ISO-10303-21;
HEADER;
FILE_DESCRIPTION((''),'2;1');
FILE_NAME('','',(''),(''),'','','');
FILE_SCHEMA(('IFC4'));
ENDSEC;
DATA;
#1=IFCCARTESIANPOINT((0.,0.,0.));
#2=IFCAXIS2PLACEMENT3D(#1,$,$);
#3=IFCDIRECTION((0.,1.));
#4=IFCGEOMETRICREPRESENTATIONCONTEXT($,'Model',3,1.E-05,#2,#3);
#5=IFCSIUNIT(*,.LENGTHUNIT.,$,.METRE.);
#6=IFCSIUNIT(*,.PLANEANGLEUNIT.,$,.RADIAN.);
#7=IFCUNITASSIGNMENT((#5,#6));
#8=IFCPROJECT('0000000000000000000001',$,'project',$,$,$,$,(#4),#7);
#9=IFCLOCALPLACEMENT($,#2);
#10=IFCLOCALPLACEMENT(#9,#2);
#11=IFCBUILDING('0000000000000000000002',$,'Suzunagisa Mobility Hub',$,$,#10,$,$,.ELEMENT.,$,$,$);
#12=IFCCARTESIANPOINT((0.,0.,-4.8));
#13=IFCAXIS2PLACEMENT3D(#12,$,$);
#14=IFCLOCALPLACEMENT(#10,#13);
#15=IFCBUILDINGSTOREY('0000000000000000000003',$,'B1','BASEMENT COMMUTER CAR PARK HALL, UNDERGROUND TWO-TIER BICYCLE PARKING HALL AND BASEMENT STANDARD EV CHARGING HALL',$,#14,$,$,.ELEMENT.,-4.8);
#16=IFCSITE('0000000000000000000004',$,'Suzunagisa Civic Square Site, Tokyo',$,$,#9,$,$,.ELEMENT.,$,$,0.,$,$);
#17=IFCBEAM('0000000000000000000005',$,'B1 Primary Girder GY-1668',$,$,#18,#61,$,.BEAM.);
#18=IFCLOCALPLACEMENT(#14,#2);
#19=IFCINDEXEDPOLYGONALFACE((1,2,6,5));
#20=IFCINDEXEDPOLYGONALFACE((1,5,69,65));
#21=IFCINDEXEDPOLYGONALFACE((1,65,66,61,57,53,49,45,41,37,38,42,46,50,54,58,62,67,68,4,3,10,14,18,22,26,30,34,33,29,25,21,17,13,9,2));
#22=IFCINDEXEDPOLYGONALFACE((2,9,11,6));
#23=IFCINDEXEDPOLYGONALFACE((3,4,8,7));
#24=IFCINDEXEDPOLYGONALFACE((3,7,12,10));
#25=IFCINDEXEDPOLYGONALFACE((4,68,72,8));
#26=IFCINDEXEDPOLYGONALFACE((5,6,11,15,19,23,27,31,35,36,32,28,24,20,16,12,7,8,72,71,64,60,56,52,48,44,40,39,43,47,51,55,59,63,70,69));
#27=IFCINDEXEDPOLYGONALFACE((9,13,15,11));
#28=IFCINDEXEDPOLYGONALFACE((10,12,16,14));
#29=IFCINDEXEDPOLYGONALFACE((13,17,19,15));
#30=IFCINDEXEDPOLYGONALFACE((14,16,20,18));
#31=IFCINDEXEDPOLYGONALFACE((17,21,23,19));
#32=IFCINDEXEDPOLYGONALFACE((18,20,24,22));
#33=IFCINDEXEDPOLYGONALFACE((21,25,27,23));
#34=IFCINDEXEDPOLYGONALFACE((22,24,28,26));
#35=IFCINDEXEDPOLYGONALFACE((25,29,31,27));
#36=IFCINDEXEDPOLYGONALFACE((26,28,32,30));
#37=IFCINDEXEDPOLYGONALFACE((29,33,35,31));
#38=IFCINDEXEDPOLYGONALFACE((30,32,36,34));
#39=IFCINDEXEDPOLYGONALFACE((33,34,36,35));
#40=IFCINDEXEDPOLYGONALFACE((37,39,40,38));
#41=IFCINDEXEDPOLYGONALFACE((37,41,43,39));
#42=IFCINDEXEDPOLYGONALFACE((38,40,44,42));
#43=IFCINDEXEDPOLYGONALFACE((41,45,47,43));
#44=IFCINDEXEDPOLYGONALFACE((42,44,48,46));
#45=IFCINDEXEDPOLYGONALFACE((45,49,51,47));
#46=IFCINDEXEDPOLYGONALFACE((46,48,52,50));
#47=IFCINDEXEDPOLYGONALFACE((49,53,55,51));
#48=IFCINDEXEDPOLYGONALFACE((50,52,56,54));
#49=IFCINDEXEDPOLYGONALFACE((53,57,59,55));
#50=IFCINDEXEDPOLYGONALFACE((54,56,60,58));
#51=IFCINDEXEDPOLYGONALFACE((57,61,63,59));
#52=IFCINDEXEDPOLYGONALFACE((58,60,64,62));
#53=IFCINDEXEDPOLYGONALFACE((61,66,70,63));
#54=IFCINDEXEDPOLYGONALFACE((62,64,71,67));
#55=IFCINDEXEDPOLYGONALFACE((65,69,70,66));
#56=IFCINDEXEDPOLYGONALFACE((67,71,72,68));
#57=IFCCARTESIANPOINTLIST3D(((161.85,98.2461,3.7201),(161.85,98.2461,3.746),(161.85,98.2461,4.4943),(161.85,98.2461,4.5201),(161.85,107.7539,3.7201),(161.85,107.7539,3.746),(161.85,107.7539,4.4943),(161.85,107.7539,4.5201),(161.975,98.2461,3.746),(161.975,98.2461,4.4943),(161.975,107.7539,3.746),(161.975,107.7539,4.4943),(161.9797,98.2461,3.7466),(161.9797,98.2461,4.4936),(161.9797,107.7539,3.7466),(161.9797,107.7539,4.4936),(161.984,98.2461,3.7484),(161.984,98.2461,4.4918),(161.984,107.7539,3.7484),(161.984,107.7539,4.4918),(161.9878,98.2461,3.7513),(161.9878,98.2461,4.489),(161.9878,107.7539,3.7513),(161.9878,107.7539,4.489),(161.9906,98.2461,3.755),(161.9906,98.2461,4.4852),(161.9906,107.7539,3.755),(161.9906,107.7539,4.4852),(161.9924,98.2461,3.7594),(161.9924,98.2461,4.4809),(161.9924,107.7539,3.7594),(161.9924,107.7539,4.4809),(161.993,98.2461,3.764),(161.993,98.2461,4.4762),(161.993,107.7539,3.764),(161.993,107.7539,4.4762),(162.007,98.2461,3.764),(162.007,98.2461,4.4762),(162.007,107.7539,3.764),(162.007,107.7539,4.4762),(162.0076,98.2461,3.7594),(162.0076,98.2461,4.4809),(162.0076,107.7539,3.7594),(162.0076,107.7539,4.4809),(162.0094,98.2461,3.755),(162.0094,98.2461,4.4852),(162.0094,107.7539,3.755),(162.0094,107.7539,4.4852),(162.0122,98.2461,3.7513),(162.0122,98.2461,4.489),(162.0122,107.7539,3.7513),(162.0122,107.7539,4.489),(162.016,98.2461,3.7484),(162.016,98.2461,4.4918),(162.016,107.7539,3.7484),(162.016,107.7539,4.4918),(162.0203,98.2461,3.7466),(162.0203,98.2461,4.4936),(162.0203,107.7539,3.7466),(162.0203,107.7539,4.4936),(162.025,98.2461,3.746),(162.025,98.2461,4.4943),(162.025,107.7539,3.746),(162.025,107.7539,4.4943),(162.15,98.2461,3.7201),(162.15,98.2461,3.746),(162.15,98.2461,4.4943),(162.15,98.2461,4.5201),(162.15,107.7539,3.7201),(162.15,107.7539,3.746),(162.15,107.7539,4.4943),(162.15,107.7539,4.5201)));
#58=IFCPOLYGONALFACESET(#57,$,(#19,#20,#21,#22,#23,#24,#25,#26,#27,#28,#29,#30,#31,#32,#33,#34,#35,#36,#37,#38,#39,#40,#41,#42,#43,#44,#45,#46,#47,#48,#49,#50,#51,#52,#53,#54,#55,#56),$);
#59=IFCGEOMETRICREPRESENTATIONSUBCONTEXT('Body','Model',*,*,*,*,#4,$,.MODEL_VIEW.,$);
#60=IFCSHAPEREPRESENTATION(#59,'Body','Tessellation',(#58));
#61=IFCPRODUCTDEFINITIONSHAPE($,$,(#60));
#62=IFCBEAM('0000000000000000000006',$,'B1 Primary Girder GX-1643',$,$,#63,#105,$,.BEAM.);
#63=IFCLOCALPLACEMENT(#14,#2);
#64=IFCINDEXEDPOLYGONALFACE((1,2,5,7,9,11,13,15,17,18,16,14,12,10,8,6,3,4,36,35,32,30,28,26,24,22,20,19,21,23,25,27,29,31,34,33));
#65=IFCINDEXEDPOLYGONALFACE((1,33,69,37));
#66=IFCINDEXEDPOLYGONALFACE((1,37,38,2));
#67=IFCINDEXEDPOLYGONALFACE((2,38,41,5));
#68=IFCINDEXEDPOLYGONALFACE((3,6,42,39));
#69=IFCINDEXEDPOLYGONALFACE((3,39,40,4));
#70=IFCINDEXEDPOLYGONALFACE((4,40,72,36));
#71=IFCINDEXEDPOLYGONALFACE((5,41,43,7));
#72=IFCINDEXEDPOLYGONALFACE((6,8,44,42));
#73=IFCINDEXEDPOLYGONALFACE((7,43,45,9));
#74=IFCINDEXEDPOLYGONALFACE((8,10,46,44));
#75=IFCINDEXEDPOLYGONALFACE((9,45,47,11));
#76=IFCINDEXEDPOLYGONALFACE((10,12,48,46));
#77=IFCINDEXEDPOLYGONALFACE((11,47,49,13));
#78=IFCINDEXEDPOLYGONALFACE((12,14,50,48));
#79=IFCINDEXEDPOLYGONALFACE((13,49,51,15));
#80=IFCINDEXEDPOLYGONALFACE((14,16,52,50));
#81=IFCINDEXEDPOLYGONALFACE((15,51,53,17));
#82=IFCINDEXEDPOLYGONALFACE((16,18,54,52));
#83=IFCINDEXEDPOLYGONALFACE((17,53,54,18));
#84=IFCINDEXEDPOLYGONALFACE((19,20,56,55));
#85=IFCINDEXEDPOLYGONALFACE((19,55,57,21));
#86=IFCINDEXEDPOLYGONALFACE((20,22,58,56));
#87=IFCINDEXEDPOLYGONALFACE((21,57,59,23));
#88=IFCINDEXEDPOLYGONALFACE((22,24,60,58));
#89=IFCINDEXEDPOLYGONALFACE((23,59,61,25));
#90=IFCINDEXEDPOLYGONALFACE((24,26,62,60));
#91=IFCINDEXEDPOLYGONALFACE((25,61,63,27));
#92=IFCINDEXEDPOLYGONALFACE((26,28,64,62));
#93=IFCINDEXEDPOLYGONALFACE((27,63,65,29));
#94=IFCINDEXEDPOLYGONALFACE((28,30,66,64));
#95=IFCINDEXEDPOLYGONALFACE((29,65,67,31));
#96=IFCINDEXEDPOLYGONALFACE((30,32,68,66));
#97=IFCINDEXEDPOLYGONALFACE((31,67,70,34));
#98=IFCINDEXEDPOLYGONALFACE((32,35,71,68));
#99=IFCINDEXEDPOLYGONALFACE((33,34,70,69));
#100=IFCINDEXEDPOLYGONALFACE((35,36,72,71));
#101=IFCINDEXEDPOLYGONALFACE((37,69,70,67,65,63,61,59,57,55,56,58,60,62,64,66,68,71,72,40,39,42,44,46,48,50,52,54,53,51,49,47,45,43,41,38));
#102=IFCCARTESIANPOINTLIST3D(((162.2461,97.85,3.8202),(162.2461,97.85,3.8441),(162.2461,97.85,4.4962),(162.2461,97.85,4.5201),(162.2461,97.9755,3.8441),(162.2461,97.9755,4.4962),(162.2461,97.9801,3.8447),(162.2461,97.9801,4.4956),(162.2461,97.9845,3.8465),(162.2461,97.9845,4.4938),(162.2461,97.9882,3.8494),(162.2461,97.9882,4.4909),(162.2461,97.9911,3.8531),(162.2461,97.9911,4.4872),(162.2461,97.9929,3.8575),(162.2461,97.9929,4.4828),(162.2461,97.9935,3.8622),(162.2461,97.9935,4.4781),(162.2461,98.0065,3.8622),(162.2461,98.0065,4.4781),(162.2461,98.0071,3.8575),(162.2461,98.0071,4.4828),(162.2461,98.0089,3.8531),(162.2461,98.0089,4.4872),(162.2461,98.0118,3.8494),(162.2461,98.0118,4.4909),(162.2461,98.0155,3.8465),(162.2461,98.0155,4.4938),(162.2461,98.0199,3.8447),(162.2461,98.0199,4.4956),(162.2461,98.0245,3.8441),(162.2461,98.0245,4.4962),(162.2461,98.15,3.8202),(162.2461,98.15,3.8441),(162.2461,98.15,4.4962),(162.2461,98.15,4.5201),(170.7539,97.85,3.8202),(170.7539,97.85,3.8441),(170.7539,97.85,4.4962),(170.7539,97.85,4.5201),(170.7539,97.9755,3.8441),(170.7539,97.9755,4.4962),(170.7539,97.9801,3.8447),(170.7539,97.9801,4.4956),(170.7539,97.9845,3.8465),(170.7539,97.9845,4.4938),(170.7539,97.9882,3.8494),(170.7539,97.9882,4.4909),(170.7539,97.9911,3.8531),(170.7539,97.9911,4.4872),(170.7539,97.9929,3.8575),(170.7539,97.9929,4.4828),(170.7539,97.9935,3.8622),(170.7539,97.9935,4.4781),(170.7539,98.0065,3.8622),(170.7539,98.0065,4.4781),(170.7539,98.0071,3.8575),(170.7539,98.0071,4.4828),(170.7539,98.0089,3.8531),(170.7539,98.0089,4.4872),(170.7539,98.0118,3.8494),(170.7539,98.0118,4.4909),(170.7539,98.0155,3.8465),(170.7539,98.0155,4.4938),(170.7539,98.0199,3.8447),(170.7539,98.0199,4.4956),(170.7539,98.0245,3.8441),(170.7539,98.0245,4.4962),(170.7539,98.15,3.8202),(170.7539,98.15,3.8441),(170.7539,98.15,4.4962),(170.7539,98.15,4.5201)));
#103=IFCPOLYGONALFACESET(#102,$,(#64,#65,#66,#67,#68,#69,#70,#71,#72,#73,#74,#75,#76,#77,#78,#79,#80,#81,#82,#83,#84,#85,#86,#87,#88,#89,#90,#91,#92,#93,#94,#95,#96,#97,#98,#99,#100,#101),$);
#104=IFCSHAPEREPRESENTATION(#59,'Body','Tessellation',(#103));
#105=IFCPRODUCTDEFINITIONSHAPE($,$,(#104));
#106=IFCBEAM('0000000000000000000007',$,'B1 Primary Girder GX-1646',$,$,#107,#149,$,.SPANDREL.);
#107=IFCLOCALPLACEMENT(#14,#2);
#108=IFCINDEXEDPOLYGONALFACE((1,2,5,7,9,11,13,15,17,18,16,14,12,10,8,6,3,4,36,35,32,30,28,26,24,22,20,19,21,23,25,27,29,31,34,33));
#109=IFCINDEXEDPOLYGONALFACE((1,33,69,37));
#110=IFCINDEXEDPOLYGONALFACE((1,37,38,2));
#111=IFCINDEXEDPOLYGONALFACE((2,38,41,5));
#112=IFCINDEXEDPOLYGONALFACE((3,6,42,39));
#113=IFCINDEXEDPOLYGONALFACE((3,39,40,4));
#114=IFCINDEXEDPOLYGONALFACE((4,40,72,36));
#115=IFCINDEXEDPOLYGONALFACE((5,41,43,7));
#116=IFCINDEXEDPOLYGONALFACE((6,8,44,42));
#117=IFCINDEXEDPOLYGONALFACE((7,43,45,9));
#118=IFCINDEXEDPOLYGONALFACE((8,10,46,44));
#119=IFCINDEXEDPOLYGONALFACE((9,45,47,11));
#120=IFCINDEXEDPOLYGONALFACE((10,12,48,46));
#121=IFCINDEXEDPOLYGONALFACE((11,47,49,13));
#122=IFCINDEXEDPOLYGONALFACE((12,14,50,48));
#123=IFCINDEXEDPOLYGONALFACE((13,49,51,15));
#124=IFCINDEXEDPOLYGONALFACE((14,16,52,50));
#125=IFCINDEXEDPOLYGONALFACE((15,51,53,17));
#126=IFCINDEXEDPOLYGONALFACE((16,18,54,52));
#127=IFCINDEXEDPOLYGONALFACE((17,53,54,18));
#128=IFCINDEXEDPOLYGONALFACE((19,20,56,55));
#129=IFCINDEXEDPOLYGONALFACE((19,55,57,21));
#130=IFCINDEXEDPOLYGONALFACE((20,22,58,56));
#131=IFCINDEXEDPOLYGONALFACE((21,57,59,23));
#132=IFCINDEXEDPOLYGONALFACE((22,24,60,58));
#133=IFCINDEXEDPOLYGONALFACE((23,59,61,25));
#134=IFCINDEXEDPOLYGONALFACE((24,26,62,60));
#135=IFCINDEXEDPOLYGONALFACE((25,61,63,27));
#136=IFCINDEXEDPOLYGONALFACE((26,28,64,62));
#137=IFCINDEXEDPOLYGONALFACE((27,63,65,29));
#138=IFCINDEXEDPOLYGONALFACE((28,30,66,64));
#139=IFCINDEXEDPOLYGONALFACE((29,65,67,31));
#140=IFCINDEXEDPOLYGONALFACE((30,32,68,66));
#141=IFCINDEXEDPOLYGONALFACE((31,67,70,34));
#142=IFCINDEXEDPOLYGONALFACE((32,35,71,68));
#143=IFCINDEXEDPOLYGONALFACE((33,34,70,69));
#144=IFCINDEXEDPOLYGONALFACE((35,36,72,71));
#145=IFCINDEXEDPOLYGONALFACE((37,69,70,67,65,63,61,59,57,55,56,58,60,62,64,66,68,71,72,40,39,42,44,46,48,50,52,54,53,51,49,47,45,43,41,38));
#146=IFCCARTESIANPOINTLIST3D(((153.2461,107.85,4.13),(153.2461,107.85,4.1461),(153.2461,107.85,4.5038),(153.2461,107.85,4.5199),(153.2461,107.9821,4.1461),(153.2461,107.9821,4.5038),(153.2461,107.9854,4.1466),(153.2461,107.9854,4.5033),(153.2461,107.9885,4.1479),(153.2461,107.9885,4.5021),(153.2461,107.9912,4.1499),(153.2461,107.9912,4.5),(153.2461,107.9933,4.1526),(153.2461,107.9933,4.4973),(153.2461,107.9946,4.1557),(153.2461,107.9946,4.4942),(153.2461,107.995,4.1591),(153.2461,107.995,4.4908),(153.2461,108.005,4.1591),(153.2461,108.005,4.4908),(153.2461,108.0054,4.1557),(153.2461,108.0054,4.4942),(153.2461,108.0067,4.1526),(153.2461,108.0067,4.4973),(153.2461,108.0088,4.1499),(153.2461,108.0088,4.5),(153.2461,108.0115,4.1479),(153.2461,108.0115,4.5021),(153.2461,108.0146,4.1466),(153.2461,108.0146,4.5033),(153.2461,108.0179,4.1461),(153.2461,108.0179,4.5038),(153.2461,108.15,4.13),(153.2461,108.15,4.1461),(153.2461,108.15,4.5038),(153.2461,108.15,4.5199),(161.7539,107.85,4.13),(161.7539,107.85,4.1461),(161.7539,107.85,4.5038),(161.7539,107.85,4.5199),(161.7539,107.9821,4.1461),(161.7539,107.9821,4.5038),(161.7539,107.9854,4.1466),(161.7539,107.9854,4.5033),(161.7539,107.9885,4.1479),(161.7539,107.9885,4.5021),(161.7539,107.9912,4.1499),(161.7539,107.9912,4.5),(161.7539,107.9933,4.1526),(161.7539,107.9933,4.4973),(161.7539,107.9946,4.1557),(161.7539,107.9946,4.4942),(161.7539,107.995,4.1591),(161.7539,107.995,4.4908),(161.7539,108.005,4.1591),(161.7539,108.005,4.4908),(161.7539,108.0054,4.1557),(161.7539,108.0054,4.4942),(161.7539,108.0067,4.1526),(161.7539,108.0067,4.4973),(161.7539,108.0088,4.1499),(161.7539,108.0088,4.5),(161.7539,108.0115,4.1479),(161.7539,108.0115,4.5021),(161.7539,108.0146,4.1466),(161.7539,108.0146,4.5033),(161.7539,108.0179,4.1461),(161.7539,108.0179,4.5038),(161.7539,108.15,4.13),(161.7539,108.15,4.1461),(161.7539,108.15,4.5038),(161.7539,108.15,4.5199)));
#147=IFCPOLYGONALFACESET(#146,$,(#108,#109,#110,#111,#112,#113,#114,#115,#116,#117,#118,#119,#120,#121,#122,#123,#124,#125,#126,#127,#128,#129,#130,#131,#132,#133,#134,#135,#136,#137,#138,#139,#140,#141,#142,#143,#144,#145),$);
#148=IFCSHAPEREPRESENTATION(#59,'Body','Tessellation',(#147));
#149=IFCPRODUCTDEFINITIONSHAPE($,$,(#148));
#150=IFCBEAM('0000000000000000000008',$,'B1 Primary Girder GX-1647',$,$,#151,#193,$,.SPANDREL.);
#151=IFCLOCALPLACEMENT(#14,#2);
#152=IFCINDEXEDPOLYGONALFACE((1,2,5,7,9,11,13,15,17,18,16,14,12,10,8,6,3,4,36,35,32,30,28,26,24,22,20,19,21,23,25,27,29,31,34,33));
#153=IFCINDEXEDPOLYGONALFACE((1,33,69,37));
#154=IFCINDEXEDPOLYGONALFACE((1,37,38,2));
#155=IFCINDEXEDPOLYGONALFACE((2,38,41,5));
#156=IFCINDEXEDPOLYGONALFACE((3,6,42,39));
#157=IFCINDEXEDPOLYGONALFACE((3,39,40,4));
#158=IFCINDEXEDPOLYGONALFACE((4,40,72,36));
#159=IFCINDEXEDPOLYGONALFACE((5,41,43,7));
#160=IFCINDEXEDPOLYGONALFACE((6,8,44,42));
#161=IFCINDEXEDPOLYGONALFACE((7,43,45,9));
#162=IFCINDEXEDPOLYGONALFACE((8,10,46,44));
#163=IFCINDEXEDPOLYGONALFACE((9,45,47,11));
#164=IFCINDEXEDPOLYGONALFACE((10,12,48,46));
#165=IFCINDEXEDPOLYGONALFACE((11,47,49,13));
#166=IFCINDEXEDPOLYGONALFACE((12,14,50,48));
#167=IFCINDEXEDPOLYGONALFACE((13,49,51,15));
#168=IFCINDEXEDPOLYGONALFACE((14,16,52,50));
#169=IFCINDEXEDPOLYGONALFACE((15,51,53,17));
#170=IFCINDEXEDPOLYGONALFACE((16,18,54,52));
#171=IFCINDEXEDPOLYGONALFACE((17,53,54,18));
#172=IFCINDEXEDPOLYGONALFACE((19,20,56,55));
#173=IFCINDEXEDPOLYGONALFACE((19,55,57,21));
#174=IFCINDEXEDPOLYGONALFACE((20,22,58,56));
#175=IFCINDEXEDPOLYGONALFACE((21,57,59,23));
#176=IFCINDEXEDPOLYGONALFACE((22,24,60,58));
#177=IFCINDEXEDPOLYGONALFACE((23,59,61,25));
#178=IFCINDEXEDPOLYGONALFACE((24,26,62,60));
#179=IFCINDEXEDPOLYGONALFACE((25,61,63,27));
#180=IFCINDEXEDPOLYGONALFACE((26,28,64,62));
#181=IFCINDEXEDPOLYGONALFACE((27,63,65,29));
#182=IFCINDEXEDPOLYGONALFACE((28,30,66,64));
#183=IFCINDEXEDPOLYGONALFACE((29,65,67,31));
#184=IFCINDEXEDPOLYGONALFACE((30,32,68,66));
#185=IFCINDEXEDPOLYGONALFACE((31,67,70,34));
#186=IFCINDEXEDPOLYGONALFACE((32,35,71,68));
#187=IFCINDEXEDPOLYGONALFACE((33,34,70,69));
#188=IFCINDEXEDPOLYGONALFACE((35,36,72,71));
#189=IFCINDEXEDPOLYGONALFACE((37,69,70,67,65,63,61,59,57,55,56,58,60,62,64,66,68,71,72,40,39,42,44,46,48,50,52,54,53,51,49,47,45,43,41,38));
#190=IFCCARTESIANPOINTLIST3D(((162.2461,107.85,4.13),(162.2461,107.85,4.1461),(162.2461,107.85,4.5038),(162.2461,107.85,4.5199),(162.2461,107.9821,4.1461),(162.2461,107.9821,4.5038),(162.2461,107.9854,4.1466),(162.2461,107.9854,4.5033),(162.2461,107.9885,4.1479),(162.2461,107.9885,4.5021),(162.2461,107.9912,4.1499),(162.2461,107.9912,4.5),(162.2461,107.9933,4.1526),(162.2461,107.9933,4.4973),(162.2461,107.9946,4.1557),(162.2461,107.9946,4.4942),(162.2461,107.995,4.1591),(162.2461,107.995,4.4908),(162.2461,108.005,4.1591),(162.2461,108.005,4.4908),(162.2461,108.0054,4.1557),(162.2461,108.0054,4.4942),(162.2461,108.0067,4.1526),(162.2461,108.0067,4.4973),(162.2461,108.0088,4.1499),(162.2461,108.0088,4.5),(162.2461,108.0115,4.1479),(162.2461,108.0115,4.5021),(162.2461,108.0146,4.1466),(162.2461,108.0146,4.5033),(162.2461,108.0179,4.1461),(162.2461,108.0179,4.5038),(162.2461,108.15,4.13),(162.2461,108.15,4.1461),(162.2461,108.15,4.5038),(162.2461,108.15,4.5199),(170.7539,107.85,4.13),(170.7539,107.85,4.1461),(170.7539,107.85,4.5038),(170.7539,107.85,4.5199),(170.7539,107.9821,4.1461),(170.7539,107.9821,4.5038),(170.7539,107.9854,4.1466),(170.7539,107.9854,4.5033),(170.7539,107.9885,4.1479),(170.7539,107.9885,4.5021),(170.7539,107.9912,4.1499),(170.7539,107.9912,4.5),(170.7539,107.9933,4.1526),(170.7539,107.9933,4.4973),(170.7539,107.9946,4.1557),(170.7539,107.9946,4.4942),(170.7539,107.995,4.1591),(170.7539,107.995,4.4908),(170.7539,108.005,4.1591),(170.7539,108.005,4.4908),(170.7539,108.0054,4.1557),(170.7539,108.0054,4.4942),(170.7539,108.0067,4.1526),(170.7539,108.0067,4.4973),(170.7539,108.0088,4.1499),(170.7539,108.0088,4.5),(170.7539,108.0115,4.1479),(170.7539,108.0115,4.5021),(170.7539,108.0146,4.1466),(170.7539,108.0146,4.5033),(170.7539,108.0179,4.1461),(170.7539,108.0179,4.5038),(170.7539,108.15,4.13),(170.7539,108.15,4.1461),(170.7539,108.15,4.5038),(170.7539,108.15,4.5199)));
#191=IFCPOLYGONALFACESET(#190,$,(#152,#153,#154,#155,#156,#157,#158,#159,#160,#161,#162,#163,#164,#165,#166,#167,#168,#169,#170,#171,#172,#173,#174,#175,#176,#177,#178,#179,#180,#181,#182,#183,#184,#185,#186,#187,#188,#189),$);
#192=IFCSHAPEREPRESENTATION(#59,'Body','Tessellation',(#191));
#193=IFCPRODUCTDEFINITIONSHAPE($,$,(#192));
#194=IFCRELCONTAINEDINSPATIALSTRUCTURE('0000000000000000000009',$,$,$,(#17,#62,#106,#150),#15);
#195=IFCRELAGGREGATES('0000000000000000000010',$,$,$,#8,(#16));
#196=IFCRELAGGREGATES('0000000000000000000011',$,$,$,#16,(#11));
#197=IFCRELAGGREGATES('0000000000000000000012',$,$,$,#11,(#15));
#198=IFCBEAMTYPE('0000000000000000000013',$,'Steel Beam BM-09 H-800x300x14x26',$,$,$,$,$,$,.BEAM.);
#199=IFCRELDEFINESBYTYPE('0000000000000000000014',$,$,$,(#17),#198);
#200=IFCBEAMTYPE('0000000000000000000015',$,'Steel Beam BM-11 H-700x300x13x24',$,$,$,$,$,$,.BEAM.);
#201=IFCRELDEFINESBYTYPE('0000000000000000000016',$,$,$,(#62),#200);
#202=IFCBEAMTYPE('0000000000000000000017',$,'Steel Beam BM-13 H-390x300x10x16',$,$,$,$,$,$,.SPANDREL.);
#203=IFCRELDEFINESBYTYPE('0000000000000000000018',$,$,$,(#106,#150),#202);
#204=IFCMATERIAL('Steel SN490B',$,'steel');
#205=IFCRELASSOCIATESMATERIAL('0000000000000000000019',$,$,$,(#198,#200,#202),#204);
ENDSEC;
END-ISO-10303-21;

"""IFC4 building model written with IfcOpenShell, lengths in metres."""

from ifc_helpers import new_model, si_unit, direction, frame, origin, origin_2d, place, context, subcontext, project, spatial, i_section, extrude, material, material_profile, profile_set, type_object, element, save


model = new_model("IFC4")

# Units and contexts
model_context = context("Model", 3, precision=1e-05, world=origin(), true_north=direction((0.0, 1.0)))
body_context = subcontext(model_context, "Body", "Model", "MODEL_VIEW")
ifc_project = project(units=[si_unit("LENGTHUNIT", "METRE"), si_unit("PLANEANGLEUNIT", "RADIAN")], contexts=[model_context])

# Site, building, storey
site_placement = place(None, origin())
site = spatial("IfcSite", under=ifc_project, at=site_placement, Name="Suzunagisa Civic Square Site, Tokyo", CompositionType="ELEMENT", RefElevation=0.0)
building_placement = place(site_placement, origin())
building = spatial("IfcBuilding", under=site, at=building_placement, Name="Suzunagisa Mobility Hub", CompositionType="ELEMENT")
storey_placement = place(building_placement, frame((0.0, 0.0, -4.8)))
storey = spatial("IfcBuildingStorey", under=building, at=storey_placement, Name="B1", Description="BASEMENT COMMUTER CAR PARK HALL, UNDERGROUND TWO-TIER BICYCLE PARKING HALL AND BASEMENT STANDARD EV CHARGING HALL", CompositionType="ELEMENT", Elevation=-4.8)

# Shared definitions
ifc_material_1 = material(Name="Steel SN490B", Category="steel")

# Beams
ifc_material_profile_1 = material_profile(ifc_material_1, i_section(OverallWidth=0.3, OverallDepth=0.8, WebThickness=0.0139, FlangeThickness=0.0259, FilletRadius=0.0181, at=origin_2d()), Name="H-800x300x14x26")
ifc_profile_set_1 = profile_set([ifc_material_profile_1], Name="Steel SN490B")
beam_type_1 = type_object("IfcBeamType", Name="Steel Beam BM-09 H-800x300x14x26", PredefinedType="BEAM", material=ifc_profile_set_1)
beam_1_placement = place(storey_placement, frame((162.0, 98.2461, 4.1201), z_axis=(0.0, 1.0, 0.0), x_axis=(-1.0, 0.0, 0.0)))
element("IfcBeam", 1, at=beam_1_placement, inside=storey, type_object=beam_type_1, Name="B1 Primary Girder GY-1668", PredefinedType="BEAM", context=body_context, shape_type="SweptSolid", body=[
    extrude(i_section(OverallWidth=0.3, OverallDepth=0.8, WebThickness=0.0139, FlangeThickness=0.0259, FilletRadius=0.0181, at=origin_2d()), origin(), (0.0, 0.0, 1.0), 9.5078),
])
ifc_material_profile_2 = material_profile(ifc_material_1, i_section(OverallWidth=0.3, OverallDepth=0.7, WebThickness=0.0129, FlangeThickness=0.0239, FilletRadius=0.0181, at=origin_2d()), Name="H-700x300x13x24")
ifc_profile_set_2 = profile_set([ifc_material_profile_2], Name="Steel SN490B")
beam_type_2 = type_object("IfcBeamType", Name="Steel Beam BM-11 H-700x300x13x24", PredefinedType="BEAM", material=ifc_profile_set_2)
beam_2_placement = place(storey_placement, frame((162.2461, 98.0, 4.1702), z_axis=(1.0, 0.0, 0.0), x_axis=(0.0, 1.0, 0.0)))
element("IfcBeam", 2, at=beam_2_placement, inside=storey, type_object=beam_type_2, Name="B1 Primary Girder GX-1643", PredefinedType="BEAM", context=body_context, shape_type="SweptSolid", body=[
    extrude(i_section(OverallWidth=0.3, OverallDepth=0.7, WebThickness=0.0129, FlangeThickness=0.0239, FilletRadius=0.0181, at=origin_2d()), origin(), (0.0, 0.0, 1.0), 8.5078),
])
ifc_material_profile_3 = material_profile(ifc_material_1, i_section(OverallWidth=0.3, OverallDepth=0.3899, WebThickness=0.01, FlangeThickness=0.0161, FilletRadius=0.0129, at=origin_2d()), Name="H-390x300x10x16")
ifc_profile_set_3 = profile_set([ifc_material_profile_3], Name="Steel SN490B")
beam_type_3 = type_object("IfcBeamType", Name="Steel Beam BM-13 H-390x300x10x16", PredefinedType="SPANDREL", material=ifc_profile_set_3)
for number, where, z_axis, x_axis, name in (
    (3, (153.2461, 108.0, 4.325), (1.0, 0.0, 0.0), (0.0, 1.0, 0.0), "B1 Primary Girder GX-1646"),
    (4, (162.2461, 108.0, 4.325), (1.0, 0.0, 0.0), (0.0, 1.0, 0.0), "B1 Primary Girder GX-1647"),
):
    element("IfcBeam", number, at=place(storey_placement, frame(where, z_axis=z_axis, x_axis=x_axis)), inside=storey, type_object=beam_type_3, Name=name, PredefinedType="SPANDREL", context=body_context, shape_type="SweptSolid", body=[
        extrude(i_section(OverallWidth=0.3, OverallDepth=0.3899, WebThickness=0.01, FlangeThickness=0.0161, FilletRadius=0.0129, at=origin_2d()), origin(), (0.0, 0.0, 1.0), 8.5078),
    ])

save(model, "model.ifc")
